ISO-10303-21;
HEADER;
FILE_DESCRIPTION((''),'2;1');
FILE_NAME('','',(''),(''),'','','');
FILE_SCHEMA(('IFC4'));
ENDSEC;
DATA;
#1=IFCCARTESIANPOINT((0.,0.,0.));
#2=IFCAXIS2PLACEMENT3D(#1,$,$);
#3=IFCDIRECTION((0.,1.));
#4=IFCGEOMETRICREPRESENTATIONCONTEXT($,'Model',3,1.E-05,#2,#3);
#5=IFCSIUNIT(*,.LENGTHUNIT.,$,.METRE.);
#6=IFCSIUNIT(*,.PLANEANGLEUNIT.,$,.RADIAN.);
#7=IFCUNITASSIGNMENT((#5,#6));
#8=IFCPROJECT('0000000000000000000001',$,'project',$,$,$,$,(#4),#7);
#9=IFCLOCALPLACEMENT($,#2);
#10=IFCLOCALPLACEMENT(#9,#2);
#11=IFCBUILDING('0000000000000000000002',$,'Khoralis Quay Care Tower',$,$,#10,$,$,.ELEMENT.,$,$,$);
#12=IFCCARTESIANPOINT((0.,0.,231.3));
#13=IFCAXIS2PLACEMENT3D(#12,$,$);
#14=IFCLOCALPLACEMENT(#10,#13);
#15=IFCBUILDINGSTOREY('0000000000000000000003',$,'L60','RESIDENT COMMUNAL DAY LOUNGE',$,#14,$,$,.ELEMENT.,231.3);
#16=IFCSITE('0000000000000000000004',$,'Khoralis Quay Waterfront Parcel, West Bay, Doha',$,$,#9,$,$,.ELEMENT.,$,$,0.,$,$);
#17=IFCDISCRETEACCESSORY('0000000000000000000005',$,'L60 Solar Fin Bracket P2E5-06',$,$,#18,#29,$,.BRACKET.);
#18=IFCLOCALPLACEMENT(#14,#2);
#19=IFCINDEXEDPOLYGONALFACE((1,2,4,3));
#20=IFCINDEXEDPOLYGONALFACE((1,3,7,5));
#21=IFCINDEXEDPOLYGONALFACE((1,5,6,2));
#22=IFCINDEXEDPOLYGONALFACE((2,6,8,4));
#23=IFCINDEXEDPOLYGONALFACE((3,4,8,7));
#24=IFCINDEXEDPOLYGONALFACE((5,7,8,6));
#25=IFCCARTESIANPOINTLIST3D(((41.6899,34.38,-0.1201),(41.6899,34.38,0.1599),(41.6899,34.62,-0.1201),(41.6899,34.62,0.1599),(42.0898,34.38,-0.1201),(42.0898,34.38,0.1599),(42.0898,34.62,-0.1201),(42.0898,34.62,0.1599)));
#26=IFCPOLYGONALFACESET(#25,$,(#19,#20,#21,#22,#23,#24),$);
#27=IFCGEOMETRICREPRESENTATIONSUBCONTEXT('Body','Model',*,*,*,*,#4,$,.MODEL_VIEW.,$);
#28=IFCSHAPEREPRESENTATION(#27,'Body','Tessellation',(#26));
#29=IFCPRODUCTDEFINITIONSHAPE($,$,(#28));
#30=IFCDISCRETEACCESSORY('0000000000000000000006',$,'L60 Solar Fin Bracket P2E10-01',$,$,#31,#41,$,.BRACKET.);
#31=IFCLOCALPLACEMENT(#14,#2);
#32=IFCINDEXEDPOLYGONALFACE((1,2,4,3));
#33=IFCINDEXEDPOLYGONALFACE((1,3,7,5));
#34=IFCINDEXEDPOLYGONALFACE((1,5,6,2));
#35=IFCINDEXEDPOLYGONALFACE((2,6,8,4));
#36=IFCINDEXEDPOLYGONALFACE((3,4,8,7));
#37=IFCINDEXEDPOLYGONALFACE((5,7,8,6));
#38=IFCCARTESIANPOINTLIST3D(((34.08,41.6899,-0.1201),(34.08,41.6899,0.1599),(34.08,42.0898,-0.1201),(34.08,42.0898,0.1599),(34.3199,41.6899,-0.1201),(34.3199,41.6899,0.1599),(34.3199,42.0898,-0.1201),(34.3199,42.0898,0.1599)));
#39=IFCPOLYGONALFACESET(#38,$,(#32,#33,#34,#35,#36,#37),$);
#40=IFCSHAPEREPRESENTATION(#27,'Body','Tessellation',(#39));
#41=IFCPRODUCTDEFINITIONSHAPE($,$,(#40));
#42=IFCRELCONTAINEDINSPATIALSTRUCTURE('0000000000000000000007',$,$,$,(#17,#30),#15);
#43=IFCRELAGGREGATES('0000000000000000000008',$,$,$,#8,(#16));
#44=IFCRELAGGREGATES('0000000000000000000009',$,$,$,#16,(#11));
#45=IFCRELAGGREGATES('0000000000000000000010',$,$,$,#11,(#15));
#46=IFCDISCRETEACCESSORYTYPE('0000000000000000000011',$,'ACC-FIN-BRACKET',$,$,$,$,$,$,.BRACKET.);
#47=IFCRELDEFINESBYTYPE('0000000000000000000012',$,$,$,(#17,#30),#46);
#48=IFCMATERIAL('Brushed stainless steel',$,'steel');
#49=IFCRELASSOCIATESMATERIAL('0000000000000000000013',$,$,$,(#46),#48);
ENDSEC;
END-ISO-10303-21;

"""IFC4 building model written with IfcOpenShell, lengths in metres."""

from ifc_helpers import new_model, si_unit, direction, frame, origin, origin_2d, place, context, subcontext, project, spatial, rectangle, extrude, source, transform, mapped, material, type_object, element, save


model = new_model("IFC4")

# Units and contexts
model_context = context("Model", 3, precision=1e-05, world=origin(), true_north=direction((0.0, 1.0)))
body_context = subcontext(model_context, "Body", "Model", "MODEL_VIEW")
ifc_project = project(units=[si_unit("LENGTHUNIT", "METRE"), si_unit("PLANEANGLEUNIT", "RADIAN")], contexts=[model_context])

# Site, building, storey
site_placement = place(None, origin())
site = spatial("IfcSite", under=ifc_project, at=site_placement, Name="Khoralis Quay Waterfront Parcel, West Bay, Doha", CompositionType="ELEMENT", RefElevation=0.0)
building_placement = place(site_placement, origin())
building = spatial("IfcBuilding", under=site, at=building_placement, Name="Khoralis Quay Care Tower", CompositionType="ELEMENT")
storey_placement = place(building_placement, frame((0.0, 0.0, 231.3)))
storey = spatial("IfcBuildingStorey", under=building, at=storey_placement, Name="L60", Description="RESIDENT COMMUNAL DAY LOUNGE", CompositionType="ELEMENT", Elevation=231.3)

# Discrete accessories
ifc_material_1 = material(Name="Brushed stainless steel", Category="steel")
discrete_accessory_type = type_object("IfcDiscreteAccessoryType", Name="ACC-FIN-BRACKET", PredefinedType="BRACKET", material=ifc_material_1)
shared_shape_1 = source(origin(), body_context, "Body", "SweptSolid", [
    extrude(rectangle(XDim=0.3999, YDim=0.24, at=origin_2d()), origin(), (0.0, 0.0, 1.0), 0.28),
])
for number, where, z_axis, x_axis, name in (
    (1, (41.8899, 34.5, -0.1201), (0.0, 0.0, 1.0), (1.0, 0.0, 0.0), "L60 Solar Fin Bracket P2E5-06"),
    (2, (34.2, 41.8899, -0.1201), (0.0, 0.0, 1.0), (0.0, 1.0, 0.0), "L60 Solar Fin Bracket P2E10-01"),
):
    element("IfcDiscreteAccessory", number, at=place(storey_placement, frame(where, z_axis=z_axis, x_axis=x_axis)), inside=storey, type_object=discrete_accessory_type, Name=name, PredefinedType="BRACKET", context=body_context, shape_type="MappedRepresentation", body=[
        mapped(shared_shape_1, transform((0.0, 0.0, 0.0), scale=1.0)),
    ])

save(model, "model.ifc")
